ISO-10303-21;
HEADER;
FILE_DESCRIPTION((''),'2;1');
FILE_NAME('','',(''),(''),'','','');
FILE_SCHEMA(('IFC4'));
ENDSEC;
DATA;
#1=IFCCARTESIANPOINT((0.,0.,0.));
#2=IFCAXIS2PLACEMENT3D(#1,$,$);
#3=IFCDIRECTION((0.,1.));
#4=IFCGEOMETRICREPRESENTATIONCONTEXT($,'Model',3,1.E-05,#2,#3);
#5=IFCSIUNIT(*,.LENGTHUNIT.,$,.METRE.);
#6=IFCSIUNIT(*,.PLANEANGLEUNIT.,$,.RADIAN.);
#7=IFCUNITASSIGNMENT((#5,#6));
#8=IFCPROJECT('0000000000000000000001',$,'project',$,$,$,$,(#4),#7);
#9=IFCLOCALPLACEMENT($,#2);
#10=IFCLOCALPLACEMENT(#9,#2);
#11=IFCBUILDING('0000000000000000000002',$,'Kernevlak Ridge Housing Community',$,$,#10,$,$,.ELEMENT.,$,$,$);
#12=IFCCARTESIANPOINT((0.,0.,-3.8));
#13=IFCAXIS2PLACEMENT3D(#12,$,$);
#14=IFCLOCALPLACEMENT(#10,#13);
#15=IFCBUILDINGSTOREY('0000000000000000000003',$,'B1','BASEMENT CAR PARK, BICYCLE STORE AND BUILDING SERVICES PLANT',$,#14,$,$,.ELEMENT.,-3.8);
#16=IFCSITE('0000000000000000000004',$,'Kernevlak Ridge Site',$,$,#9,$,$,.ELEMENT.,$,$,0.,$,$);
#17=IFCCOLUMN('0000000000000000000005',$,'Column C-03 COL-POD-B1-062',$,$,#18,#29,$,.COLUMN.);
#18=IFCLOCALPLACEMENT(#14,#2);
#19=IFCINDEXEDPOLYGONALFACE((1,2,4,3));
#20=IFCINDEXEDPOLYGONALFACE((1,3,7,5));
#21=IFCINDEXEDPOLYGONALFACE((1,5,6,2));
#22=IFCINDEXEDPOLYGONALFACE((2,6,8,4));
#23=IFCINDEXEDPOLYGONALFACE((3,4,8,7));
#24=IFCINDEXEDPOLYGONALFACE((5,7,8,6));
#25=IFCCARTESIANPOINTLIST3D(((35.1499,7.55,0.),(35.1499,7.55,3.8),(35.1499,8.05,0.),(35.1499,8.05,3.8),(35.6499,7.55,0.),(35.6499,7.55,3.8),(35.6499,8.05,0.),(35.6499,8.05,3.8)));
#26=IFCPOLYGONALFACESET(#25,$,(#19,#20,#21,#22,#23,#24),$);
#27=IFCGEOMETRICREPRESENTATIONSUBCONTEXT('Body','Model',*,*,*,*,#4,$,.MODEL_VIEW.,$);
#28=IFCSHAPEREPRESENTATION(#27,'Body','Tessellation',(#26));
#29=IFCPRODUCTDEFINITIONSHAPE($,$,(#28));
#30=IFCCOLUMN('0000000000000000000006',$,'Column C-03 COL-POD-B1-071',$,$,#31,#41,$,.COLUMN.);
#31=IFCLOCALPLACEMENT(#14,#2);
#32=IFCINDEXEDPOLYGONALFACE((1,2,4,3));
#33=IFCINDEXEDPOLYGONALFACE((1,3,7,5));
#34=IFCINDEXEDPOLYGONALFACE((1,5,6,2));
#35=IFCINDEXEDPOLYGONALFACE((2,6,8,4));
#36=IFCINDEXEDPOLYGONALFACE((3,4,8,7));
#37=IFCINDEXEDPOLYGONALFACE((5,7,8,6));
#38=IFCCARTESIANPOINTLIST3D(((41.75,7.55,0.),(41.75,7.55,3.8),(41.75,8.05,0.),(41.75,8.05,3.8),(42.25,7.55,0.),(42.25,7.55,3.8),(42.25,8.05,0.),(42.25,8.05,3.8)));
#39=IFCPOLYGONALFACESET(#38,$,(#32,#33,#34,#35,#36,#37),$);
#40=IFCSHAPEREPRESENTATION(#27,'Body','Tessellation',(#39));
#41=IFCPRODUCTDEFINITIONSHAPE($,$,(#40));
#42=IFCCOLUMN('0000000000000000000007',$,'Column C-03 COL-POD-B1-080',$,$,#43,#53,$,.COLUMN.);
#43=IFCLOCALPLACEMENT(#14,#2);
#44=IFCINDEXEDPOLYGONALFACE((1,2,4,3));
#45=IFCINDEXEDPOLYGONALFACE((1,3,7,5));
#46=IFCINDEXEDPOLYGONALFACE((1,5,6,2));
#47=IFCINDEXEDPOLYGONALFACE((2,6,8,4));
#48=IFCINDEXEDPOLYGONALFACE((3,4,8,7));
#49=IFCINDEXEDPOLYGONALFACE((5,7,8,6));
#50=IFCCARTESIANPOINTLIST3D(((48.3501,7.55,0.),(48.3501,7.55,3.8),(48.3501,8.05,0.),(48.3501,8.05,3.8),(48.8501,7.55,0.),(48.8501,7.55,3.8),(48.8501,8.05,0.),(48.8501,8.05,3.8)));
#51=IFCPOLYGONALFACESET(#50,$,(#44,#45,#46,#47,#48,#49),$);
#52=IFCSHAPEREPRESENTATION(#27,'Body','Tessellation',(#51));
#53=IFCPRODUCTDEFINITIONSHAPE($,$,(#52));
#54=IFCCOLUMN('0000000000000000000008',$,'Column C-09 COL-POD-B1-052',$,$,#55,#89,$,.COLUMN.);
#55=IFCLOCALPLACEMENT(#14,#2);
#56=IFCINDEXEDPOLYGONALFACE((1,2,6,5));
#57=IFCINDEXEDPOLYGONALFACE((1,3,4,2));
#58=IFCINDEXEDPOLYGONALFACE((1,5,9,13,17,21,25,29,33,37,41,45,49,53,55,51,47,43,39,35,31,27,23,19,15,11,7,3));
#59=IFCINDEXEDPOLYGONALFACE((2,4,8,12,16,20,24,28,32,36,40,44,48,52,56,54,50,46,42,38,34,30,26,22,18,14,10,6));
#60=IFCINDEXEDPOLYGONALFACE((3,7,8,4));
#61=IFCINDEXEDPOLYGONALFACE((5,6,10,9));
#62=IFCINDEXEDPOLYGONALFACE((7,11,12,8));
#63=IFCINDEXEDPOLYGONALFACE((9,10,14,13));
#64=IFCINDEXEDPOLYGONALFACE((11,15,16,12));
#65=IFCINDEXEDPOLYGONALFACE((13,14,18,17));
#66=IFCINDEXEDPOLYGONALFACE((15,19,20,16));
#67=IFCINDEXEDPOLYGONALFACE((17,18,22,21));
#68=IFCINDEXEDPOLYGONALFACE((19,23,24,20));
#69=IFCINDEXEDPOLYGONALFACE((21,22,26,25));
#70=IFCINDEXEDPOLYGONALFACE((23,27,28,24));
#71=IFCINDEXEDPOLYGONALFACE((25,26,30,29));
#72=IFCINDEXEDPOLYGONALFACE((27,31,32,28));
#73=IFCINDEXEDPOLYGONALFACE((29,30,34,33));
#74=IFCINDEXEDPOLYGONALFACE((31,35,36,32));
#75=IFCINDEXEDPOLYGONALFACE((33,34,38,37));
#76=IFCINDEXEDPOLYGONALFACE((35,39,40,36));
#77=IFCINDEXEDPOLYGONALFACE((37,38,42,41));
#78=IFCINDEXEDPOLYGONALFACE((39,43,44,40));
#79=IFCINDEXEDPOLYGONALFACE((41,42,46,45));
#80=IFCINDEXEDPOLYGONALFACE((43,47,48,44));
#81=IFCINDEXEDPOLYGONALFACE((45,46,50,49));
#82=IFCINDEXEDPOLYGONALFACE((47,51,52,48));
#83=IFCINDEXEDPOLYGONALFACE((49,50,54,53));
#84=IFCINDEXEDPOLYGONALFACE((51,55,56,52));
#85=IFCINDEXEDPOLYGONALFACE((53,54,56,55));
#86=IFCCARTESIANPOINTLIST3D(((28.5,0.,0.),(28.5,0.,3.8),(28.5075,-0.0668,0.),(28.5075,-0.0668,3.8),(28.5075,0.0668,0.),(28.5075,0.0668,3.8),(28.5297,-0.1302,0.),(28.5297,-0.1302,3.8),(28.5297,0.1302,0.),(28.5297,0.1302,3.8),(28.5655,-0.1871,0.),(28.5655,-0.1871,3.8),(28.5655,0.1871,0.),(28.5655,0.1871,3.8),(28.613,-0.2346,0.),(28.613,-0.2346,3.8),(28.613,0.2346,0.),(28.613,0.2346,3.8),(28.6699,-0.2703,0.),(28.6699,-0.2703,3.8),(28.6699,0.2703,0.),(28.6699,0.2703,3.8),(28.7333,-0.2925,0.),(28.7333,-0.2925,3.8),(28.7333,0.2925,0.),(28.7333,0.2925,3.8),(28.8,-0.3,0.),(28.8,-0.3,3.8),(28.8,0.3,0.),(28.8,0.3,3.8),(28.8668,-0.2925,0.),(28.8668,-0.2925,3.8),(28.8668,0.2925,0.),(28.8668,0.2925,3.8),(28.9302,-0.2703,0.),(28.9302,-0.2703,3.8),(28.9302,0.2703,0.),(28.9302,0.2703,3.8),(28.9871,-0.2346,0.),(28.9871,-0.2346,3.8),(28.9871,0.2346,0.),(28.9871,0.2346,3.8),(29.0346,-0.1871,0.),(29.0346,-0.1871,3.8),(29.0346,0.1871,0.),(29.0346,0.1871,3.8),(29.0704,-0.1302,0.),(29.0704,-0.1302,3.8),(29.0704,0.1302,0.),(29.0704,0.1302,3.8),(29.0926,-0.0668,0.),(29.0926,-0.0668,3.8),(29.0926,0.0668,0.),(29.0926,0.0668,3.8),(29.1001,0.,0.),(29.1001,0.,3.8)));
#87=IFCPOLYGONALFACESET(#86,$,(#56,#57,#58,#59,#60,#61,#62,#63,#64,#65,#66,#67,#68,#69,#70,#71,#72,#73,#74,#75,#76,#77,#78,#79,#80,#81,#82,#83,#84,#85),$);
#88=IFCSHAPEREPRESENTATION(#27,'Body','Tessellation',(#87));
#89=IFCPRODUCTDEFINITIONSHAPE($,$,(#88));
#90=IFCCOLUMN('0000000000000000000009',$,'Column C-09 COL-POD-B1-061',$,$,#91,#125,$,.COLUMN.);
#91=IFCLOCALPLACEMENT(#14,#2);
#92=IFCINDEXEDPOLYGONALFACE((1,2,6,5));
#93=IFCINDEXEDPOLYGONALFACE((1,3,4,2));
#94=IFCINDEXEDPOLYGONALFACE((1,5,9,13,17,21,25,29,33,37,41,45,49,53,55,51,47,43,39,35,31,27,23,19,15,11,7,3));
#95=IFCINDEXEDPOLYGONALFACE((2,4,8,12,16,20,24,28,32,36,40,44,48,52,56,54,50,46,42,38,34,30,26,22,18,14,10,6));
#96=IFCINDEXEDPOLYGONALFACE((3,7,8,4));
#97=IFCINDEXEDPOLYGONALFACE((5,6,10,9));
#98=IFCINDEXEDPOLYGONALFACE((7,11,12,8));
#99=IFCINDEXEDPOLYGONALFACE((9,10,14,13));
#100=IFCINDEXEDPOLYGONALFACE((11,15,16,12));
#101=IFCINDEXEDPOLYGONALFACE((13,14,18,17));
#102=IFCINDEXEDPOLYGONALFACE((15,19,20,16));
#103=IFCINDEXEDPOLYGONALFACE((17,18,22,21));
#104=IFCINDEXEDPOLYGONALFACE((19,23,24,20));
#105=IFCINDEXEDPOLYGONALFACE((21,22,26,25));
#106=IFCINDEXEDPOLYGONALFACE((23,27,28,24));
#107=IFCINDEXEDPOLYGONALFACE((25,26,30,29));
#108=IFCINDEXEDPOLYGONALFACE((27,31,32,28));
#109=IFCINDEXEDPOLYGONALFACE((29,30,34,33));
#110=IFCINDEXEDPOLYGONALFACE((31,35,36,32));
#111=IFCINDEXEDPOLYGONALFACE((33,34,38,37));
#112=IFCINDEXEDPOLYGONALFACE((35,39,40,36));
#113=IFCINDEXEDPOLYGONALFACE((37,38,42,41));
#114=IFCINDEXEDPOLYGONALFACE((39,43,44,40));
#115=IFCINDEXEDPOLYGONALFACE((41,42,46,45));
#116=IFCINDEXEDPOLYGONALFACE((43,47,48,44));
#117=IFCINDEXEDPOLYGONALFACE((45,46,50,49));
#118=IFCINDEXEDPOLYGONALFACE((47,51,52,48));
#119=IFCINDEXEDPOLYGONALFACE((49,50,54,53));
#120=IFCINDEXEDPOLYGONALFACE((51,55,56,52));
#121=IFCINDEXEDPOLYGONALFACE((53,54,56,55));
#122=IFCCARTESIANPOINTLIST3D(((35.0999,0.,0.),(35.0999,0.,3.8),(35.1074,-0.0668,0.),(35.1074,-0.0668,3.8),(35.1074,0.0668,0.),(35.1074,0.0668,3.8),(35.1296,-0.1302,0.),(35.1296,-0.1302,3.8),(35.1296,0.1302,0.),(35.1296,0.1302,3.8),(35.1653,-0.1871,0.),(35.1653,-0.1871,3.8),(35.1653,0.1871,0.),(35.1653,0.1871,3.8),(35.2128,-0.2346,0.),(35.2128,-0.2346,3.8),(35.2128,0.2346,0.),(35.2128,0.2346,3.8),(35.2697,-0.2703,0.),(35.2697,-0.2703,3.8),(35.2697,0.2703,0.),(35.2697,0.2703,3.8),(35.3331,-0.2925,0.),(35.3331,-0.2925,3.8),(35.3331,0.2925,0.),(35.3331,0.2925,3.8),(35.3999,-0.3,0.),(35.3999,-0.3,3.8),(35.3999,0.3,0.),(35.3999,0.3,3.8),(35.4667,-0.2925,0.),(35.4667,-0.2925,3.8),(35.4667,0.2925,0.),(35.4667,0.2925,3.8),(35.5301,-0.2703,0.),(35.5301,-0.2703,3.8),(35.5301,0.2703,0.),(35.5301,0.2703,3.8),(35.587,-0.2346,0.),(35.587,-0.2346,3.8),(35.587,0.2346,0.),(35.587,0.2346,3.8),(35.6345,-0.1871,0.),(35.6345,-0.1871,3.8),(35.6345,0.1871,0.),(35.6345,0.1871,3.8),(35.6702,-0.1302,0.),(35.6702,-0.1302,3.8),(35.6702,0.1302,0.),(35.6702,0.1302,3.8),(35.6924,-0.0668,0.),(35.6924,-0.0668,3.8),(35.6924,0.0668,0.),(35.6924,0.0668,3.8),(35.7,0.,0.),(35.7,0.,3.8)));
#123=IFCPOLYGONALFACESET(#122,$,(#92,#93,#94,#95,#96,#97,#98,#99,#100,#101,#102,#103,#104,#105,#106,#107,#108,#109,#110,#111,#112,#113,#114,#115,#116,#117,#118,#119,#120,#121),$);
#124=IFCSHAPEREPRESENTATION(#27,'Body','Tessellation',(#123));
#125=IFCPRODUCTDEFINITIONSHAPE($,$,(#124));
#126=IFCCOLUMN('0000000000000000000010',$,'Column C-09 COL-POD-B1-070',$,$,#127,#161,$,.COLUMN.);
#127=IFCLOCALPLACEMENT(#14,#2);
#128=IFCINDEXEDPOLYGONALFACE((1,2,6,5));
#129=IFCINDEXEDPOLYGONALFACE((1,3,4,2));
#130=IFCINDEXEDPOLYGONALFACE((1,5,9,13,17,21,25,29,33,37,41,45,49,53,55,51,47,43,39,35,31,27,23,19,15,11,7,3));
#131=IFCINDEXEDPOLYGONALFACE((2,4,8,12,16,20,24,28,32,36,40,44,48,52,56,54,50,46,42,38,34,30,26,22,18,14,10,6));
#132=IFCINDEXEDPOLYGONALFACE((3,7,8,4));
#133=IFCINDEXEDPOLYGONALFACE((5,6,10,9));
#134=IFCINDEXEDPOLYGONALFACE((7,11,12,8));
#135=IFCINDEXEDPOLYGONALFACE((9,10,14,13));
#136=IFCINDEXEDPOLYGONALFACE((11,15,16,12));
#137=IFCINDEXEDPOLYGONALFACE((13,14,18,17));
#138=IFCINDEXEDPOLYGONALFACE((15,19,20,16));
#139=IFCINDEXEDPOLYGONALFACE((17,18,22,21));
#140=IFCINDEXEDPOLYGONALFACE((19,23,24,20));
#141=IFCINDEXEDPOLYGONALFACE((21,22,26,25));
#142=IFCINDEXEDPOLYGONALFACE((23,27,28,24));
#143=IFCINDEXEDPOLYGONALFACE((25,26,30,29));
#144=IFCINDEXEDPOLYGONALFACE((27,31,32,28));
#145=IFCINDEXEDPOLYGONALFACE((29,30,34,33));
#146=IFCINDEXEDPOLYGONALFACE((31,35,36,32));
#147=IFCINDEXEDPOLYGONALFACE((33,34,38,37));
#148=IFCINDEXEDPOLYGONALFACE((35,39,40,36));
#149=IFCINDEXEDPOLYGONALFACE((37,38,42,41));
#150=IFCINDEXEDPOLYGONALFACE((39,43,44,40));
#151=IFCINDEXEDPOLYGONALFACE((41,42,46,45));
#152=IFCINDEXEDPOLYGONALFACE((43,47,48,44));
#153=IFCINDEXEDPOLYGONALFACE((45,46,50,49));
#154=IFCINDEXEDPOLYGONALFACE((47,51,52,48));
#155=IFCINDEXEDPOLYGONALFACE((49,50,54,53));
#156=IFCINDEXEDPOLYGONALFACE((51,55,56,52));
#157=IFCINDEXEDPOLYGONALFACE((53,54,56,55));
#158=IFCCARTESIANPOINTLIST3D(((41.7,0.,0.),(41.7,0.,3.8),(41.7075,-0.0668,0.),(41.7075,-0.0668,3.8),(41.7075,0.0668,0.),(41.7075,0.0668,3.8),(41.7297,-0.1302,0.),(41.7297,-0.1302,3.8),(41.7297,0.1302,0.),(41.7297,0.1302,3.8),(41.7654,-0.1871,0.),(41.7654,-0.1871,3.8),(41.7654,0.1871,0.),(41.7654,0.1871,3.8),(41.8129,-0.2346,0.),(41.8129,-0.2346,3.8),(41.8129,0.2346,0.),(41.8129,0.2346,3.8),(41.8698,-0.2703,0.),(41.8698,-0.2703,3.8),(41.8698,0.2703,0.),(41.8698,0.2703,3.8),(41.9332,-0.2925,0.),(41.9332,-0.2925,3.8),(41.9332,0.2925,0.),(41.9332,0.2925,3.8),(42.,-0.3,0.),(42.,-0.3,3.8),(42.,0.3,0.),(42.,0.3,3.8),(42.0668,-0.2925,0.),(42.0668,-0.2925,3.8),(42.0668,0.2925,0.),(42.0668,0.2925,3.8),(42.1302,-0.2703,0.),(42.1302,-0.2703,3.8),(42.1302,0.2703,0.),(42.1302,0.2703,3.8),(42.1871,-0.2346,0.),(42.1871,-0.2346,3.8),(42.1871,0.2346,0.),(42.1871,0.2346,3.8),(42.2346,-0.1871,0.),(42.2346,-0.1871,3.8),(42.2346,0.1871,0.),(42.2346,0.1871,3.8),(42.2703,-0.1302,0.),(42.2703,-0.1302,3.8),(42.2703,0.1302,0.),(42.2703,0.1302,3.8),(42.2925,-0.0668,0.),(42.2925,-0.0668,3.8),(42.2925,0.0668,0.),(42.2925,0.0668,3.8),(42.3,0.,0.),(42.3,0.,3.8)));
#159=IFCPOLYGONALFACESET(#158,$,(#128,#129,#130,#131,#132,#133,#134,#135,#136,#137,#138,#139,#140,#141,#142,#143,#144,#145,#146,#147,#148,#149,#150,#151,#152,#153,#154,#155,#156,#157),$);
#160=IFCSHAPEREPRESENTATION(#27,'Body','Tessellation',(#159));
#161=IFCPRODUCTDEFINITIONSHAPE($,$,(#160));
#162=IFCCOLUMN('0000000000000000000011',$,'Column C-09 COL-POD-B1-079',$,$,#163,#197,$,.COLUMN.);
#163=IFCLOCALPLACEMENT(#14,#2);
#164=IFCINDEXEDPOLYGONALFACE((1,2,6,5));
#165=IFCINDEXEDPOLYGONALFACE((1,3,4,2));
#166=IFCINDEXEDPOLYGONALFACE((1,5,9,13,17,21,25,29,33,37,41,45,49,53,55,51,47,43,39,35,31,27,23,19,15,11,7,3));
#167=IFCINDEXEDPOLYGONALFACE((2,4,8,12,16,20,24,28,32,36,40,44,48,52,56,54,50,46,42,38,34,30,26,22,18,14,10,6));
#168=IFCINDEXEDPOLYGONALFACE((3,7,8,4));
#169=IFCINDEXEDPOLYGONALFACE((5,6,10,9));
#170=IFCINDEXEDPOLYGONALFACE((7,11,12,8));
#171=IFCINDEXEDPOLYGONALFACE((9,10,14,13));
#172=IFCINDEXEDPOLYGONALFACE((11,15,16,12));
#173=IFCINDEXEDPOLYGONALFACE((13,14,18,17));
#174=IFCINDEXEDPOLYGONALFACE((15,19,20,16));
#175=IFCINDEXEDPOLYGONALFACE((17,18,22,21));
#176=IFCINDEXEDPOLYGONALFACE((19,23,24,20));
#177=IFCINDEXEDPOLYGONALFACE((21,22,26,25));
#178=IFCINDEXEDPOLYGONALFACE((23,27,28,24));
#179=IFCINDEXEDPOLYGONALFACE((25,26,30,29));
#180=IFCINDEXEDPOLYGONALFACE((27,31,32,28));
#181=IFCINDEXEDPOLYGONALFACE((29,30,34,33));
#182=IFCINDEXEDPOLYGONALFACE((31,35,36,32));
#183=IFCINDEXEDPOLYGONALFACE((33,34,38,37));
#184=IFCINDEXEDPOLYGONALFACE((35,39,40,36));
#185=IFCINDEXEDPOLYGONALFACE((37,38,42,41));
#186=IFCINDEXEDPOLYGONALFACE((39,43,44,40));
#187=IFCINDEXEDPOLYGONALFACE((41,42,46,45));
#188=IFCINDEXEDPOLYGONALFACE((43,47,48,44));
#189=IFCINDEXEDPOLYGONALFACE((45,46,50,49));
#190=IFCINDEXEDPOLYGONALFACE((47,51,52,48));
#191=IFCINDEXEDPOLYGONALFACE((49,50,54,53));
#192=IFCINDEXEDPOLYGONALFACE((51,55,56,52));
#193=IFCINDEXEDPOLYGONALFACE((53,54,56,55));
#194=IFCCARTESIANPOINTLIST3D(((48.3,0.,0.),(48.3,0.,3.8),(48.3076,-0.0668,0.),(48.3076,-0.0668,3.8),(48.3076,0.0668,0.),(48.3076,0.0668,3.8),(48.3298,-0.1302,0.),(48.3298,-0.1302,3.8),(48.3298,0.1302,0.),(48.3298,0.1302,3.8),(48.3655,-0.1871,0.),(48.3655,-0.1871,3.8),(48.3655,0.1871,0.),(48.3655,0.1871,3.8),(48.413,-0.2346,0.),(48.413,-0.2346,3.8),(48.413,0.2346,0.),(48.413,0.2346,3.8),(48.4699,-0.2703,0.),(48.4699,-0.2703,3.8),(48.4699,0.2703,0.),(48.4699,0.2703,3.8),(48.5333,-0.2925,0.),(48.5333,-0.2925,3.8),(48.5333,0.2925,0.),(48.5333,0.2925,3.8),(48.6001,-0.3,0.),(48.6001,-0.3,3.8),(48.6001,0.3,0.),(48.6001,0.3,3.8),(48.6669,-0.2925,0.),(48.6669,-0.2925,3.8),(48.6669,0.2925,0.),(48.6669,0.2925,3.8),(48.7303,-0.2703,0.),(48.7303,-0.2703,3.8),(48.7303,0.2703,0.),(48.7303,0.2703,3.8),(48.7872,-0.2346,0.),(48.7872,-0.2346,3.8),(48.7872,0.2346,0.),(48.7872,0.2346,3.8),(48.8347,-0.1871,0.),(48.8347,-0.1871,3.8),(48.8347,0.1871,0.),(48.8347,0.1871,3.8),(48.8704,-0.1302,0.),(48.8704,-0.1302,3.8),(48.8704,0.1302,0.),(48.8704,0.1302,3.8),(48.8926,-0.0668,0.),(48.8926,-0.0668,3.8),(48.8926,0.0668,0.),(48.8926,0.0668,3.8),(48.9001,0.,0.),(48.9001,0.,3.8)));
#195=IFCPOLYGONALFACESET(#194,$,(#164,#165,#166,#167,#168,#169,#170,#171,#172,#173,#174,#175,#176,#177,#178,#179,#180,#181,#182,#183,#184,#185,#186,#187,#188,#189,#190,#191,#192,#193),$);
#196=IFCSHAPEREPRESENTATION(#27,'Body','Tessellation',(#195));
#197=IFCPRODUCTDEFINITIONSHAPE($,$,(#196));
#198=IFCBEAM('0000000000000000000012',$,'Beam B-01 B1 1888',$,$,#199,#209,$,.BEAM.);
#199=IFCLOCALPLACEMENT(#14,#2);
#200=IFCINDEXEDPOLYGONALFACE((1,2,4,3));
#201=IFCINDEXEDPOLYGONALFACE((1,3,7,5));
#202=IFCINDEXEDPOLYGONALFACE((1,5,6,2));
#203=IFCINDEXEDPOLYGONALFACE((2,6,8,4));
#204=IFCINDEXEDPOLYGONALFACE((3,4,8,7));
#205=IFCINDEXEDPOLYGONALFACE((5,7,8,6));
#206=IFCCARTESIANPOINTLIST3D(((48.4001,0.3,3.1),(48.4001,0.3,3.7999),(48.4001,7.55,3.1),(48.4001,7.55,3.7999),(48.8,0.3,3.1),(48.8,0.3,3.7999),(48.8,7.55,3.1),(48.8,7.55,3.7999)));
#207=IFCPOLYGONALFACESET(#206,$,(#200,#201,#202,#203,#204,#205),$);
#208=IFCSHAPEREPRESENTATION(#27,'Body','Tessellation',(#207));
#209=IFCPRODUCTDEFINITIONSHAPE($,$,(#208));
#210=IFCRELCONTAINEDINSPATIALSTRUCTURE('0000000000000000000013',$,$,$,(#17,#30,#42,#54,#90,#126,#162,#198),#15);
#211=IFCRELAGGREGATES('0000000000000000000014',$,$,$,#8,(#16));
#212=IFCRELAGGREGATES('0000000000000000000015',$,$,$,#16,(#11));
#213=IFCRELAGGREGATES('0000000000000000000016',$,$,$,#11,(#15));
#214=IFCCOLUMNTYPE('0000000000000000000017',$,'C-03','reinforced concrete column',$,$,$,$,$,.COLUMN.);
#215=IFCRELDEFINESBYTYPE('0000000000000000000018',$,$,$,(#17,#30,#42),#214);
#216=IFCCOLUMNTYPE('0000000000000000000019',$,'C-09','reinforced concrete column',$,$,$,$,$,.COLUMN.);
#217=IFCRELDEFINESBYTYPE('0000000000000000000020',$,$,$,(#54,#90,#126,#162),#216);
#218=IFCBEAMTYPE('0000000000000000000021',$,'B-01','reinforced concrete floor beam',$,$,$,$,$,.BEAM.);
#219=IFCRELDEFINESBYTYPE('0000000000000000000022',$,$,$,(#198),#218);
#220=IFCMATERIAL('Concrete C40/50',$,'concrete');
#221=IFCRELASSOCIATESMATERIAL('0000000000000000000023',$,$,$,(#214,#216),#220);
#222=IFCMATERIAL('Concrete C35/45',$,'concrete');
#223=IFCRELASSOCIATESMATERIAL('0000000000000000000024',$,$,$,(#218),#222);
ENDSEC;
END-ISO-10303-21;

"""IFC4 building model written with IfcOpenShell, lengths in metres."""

from ifc_helpers import new_model, si_unit, direction, frame, origin, origin_2d, place, context, subcontext, project, spatial, rectangle, circle, extrude, material, material_profile, profile_set, type_object, element, save


model = new_model("IFC4")

# Units and contexts
model_context = context("Model", 3, precision=1e-05, world=origin(), true_north=direction((0.0, 1.0)))
body_context = subcontext(model_context, "Body", "Model", "MODEL_VIEW")
ifc_project = project(units=[si_unit("LENGTHUNIT", "METRE"), si_unit("PLANEANGLEUNIT", "RADIAN")], contexts=[model_context])

# Site, building, storey
site_placement = place(None, origin())
site = spatial("IfcSite", under=ifc_project, at=site_placement, Name="Kernevlak Ridge Site", CompositionType="ELEMENT", RefElevation=0.0)
building_placement = place(site_placement, origin())
building = spatial("IfcBuilding", under=site, at=building_placement, Name="Kernevlak Ridge Housing Community", CompositionType="ELEMENT")
storey_placement = place(building_placement, frame((0.0, 0.0, -3.8)))
storey = spatial("IfcBuildingStorey", under=building, at=storey_placement, Name="B1", Description="BASEMENT CAR PARK, BICYCLE STORE AND BUILDING SERVICES PLANT", CompositionType="ELEMENT", Elevation=-3.8)

# Shared definitions
ifc_material_1 = material(Name="Concrete C35/45", Category="concrete")

# Columns
ifc_material_2 = material(Name="Concrete C40/50", Category="concrete")
ifc_material_profile_1 = material_profile(ifc_material_2, rectangle(XDim=0.5, YDim=0.5, at=origin_2d()), Name="RC 500x500")
ifc_profile_set_1 = profile_set([ifc_material_profile_1], Name="Concrete C40/50")
column_type_1 = type_object("IfcColumnType", Name="C-03", Description="reinforced concrete column", PredefinedType="COLUMN", material=ifc_profile_set_1)
for number, where, z_axis, x_axis, name in (
    (1, (35.3999, 7.8, 0.0), (0.0, 0.0, 1.0), (1.0, 0.0, 0.0), "Column C-03 COL-POD-B1-062"),
    (2, (42.0, 7.8, 0.0), (0.0, 0.0, 1.0), (1.0, 0.0, 0.0), "Column C-03 COL-POD-B1-071"),
    (3, (48.6001, 7.8, 0.0), (0.0, 0.0, 1.0), (1.0, 0.0, 0.0), "Column C-03 COL-POD-B1-080"),
):
    element("IfcColumn", number, at=place(storey_placement, frame(where, z_axis=z_axis, x_axis=x_axis)), inside=storey, type_object=column_type_1, Name=name, PredefinedType="COLUMN", context=body_context, shape_type="SweptSolid", body=[
        extrude(rectangle(XDim=0.5, YDim=0.5, at=origin_2d()), origin(), (0.0, 0.0, 1.0), 3.8),
    ])
ifc_material_profile_2 = material_profile(ifc_material_2, circle(Radius=0.3, at=origin_2d()), Name="RC D600")
ifc_profile_set_2 = profile_set([ifc_material_profile_2], Name="Concrete C40/50")
column_type_2 = type_object("IfcColumnType", Name="C-09", Description="reinforced concrete column", PredefinedType="COLUMN", material=ifc_profile_set_2)
for number, where, z_axis, x_axis, name in (
    (4, (28.8, 0.0, 0.0), (0.0, 0.0, 1.0), (1.0, 0.0, 0.0), "Column C-09 COL-POD-B1-052"),
    (5, (35.3999, 0.0, 0.0), (0.0, 0.0, 1.0), (1.0, 0.0, 0.0), "Column C-09 COL-POD-B1-061"),
    (6, (42.0, 0.0, 0.0), (0.0, 0.0, 1.0), (1.0, 0.0, 0.0), "Column C-09 COL-POD-B1-070"),
    (7, (48.6001, 0.0, 0.0), (0.0, 0.0, 1.0), (1.0, 0.0, 0.0), "Column C-09 COL-POD-B1-079"),
):
    element("IfcColumn", number, at=place(storey_placement, frame(where, z_axis=z_axis, x_axis=x_axis)), inside=storey, type_object=column_type_2, Name=name, PredefinedType="COLUMN", context=body_context, shape_type="SweptSolid", body=[
        extrude(circle(Radius=0.3, at=origin_2d()), origin(), (0.0, 0.0, 1.0), 3.8),
    ])

# Beam
ifc_material_profile_3 = material_profile(ifc_material_1, rectangle(XDim=0.3999, YDim=0.7, at=origin_2d()), Name="RC 400x700")
ifc_profile_set_3 = profile_set([ifc_material_profile_3], Name="Concrete C35/45")
beam_type_1 = type_object("IfcBeamType", Name="B-01", Description="reinforced concrete floor beam", PredefinedType="BEAM", material=ifc_profile_set_3)
beam_1_placement = place(storey_placement, frame((48.6001, 0.3, 3.45), z_axis=(0.0, 1.0, 0.0), x_axis=(-1.0, 0.0, 0.0)))
element("IfcBeam", 8, at=beam_1_placement, inside=storey, type_object=beam_type_1, Name="Beam B-01 B1 1888", PredefinedType="BEAM", context=body_context, shape_type="SweptSolid", body=[
    extrude(rectangle(XDim=0.3999, YDim=0.7, at=origin_2d()), origin(), (0.0, 0.0, 1.0), 7.25),
])

save(model, "model.ifc")
